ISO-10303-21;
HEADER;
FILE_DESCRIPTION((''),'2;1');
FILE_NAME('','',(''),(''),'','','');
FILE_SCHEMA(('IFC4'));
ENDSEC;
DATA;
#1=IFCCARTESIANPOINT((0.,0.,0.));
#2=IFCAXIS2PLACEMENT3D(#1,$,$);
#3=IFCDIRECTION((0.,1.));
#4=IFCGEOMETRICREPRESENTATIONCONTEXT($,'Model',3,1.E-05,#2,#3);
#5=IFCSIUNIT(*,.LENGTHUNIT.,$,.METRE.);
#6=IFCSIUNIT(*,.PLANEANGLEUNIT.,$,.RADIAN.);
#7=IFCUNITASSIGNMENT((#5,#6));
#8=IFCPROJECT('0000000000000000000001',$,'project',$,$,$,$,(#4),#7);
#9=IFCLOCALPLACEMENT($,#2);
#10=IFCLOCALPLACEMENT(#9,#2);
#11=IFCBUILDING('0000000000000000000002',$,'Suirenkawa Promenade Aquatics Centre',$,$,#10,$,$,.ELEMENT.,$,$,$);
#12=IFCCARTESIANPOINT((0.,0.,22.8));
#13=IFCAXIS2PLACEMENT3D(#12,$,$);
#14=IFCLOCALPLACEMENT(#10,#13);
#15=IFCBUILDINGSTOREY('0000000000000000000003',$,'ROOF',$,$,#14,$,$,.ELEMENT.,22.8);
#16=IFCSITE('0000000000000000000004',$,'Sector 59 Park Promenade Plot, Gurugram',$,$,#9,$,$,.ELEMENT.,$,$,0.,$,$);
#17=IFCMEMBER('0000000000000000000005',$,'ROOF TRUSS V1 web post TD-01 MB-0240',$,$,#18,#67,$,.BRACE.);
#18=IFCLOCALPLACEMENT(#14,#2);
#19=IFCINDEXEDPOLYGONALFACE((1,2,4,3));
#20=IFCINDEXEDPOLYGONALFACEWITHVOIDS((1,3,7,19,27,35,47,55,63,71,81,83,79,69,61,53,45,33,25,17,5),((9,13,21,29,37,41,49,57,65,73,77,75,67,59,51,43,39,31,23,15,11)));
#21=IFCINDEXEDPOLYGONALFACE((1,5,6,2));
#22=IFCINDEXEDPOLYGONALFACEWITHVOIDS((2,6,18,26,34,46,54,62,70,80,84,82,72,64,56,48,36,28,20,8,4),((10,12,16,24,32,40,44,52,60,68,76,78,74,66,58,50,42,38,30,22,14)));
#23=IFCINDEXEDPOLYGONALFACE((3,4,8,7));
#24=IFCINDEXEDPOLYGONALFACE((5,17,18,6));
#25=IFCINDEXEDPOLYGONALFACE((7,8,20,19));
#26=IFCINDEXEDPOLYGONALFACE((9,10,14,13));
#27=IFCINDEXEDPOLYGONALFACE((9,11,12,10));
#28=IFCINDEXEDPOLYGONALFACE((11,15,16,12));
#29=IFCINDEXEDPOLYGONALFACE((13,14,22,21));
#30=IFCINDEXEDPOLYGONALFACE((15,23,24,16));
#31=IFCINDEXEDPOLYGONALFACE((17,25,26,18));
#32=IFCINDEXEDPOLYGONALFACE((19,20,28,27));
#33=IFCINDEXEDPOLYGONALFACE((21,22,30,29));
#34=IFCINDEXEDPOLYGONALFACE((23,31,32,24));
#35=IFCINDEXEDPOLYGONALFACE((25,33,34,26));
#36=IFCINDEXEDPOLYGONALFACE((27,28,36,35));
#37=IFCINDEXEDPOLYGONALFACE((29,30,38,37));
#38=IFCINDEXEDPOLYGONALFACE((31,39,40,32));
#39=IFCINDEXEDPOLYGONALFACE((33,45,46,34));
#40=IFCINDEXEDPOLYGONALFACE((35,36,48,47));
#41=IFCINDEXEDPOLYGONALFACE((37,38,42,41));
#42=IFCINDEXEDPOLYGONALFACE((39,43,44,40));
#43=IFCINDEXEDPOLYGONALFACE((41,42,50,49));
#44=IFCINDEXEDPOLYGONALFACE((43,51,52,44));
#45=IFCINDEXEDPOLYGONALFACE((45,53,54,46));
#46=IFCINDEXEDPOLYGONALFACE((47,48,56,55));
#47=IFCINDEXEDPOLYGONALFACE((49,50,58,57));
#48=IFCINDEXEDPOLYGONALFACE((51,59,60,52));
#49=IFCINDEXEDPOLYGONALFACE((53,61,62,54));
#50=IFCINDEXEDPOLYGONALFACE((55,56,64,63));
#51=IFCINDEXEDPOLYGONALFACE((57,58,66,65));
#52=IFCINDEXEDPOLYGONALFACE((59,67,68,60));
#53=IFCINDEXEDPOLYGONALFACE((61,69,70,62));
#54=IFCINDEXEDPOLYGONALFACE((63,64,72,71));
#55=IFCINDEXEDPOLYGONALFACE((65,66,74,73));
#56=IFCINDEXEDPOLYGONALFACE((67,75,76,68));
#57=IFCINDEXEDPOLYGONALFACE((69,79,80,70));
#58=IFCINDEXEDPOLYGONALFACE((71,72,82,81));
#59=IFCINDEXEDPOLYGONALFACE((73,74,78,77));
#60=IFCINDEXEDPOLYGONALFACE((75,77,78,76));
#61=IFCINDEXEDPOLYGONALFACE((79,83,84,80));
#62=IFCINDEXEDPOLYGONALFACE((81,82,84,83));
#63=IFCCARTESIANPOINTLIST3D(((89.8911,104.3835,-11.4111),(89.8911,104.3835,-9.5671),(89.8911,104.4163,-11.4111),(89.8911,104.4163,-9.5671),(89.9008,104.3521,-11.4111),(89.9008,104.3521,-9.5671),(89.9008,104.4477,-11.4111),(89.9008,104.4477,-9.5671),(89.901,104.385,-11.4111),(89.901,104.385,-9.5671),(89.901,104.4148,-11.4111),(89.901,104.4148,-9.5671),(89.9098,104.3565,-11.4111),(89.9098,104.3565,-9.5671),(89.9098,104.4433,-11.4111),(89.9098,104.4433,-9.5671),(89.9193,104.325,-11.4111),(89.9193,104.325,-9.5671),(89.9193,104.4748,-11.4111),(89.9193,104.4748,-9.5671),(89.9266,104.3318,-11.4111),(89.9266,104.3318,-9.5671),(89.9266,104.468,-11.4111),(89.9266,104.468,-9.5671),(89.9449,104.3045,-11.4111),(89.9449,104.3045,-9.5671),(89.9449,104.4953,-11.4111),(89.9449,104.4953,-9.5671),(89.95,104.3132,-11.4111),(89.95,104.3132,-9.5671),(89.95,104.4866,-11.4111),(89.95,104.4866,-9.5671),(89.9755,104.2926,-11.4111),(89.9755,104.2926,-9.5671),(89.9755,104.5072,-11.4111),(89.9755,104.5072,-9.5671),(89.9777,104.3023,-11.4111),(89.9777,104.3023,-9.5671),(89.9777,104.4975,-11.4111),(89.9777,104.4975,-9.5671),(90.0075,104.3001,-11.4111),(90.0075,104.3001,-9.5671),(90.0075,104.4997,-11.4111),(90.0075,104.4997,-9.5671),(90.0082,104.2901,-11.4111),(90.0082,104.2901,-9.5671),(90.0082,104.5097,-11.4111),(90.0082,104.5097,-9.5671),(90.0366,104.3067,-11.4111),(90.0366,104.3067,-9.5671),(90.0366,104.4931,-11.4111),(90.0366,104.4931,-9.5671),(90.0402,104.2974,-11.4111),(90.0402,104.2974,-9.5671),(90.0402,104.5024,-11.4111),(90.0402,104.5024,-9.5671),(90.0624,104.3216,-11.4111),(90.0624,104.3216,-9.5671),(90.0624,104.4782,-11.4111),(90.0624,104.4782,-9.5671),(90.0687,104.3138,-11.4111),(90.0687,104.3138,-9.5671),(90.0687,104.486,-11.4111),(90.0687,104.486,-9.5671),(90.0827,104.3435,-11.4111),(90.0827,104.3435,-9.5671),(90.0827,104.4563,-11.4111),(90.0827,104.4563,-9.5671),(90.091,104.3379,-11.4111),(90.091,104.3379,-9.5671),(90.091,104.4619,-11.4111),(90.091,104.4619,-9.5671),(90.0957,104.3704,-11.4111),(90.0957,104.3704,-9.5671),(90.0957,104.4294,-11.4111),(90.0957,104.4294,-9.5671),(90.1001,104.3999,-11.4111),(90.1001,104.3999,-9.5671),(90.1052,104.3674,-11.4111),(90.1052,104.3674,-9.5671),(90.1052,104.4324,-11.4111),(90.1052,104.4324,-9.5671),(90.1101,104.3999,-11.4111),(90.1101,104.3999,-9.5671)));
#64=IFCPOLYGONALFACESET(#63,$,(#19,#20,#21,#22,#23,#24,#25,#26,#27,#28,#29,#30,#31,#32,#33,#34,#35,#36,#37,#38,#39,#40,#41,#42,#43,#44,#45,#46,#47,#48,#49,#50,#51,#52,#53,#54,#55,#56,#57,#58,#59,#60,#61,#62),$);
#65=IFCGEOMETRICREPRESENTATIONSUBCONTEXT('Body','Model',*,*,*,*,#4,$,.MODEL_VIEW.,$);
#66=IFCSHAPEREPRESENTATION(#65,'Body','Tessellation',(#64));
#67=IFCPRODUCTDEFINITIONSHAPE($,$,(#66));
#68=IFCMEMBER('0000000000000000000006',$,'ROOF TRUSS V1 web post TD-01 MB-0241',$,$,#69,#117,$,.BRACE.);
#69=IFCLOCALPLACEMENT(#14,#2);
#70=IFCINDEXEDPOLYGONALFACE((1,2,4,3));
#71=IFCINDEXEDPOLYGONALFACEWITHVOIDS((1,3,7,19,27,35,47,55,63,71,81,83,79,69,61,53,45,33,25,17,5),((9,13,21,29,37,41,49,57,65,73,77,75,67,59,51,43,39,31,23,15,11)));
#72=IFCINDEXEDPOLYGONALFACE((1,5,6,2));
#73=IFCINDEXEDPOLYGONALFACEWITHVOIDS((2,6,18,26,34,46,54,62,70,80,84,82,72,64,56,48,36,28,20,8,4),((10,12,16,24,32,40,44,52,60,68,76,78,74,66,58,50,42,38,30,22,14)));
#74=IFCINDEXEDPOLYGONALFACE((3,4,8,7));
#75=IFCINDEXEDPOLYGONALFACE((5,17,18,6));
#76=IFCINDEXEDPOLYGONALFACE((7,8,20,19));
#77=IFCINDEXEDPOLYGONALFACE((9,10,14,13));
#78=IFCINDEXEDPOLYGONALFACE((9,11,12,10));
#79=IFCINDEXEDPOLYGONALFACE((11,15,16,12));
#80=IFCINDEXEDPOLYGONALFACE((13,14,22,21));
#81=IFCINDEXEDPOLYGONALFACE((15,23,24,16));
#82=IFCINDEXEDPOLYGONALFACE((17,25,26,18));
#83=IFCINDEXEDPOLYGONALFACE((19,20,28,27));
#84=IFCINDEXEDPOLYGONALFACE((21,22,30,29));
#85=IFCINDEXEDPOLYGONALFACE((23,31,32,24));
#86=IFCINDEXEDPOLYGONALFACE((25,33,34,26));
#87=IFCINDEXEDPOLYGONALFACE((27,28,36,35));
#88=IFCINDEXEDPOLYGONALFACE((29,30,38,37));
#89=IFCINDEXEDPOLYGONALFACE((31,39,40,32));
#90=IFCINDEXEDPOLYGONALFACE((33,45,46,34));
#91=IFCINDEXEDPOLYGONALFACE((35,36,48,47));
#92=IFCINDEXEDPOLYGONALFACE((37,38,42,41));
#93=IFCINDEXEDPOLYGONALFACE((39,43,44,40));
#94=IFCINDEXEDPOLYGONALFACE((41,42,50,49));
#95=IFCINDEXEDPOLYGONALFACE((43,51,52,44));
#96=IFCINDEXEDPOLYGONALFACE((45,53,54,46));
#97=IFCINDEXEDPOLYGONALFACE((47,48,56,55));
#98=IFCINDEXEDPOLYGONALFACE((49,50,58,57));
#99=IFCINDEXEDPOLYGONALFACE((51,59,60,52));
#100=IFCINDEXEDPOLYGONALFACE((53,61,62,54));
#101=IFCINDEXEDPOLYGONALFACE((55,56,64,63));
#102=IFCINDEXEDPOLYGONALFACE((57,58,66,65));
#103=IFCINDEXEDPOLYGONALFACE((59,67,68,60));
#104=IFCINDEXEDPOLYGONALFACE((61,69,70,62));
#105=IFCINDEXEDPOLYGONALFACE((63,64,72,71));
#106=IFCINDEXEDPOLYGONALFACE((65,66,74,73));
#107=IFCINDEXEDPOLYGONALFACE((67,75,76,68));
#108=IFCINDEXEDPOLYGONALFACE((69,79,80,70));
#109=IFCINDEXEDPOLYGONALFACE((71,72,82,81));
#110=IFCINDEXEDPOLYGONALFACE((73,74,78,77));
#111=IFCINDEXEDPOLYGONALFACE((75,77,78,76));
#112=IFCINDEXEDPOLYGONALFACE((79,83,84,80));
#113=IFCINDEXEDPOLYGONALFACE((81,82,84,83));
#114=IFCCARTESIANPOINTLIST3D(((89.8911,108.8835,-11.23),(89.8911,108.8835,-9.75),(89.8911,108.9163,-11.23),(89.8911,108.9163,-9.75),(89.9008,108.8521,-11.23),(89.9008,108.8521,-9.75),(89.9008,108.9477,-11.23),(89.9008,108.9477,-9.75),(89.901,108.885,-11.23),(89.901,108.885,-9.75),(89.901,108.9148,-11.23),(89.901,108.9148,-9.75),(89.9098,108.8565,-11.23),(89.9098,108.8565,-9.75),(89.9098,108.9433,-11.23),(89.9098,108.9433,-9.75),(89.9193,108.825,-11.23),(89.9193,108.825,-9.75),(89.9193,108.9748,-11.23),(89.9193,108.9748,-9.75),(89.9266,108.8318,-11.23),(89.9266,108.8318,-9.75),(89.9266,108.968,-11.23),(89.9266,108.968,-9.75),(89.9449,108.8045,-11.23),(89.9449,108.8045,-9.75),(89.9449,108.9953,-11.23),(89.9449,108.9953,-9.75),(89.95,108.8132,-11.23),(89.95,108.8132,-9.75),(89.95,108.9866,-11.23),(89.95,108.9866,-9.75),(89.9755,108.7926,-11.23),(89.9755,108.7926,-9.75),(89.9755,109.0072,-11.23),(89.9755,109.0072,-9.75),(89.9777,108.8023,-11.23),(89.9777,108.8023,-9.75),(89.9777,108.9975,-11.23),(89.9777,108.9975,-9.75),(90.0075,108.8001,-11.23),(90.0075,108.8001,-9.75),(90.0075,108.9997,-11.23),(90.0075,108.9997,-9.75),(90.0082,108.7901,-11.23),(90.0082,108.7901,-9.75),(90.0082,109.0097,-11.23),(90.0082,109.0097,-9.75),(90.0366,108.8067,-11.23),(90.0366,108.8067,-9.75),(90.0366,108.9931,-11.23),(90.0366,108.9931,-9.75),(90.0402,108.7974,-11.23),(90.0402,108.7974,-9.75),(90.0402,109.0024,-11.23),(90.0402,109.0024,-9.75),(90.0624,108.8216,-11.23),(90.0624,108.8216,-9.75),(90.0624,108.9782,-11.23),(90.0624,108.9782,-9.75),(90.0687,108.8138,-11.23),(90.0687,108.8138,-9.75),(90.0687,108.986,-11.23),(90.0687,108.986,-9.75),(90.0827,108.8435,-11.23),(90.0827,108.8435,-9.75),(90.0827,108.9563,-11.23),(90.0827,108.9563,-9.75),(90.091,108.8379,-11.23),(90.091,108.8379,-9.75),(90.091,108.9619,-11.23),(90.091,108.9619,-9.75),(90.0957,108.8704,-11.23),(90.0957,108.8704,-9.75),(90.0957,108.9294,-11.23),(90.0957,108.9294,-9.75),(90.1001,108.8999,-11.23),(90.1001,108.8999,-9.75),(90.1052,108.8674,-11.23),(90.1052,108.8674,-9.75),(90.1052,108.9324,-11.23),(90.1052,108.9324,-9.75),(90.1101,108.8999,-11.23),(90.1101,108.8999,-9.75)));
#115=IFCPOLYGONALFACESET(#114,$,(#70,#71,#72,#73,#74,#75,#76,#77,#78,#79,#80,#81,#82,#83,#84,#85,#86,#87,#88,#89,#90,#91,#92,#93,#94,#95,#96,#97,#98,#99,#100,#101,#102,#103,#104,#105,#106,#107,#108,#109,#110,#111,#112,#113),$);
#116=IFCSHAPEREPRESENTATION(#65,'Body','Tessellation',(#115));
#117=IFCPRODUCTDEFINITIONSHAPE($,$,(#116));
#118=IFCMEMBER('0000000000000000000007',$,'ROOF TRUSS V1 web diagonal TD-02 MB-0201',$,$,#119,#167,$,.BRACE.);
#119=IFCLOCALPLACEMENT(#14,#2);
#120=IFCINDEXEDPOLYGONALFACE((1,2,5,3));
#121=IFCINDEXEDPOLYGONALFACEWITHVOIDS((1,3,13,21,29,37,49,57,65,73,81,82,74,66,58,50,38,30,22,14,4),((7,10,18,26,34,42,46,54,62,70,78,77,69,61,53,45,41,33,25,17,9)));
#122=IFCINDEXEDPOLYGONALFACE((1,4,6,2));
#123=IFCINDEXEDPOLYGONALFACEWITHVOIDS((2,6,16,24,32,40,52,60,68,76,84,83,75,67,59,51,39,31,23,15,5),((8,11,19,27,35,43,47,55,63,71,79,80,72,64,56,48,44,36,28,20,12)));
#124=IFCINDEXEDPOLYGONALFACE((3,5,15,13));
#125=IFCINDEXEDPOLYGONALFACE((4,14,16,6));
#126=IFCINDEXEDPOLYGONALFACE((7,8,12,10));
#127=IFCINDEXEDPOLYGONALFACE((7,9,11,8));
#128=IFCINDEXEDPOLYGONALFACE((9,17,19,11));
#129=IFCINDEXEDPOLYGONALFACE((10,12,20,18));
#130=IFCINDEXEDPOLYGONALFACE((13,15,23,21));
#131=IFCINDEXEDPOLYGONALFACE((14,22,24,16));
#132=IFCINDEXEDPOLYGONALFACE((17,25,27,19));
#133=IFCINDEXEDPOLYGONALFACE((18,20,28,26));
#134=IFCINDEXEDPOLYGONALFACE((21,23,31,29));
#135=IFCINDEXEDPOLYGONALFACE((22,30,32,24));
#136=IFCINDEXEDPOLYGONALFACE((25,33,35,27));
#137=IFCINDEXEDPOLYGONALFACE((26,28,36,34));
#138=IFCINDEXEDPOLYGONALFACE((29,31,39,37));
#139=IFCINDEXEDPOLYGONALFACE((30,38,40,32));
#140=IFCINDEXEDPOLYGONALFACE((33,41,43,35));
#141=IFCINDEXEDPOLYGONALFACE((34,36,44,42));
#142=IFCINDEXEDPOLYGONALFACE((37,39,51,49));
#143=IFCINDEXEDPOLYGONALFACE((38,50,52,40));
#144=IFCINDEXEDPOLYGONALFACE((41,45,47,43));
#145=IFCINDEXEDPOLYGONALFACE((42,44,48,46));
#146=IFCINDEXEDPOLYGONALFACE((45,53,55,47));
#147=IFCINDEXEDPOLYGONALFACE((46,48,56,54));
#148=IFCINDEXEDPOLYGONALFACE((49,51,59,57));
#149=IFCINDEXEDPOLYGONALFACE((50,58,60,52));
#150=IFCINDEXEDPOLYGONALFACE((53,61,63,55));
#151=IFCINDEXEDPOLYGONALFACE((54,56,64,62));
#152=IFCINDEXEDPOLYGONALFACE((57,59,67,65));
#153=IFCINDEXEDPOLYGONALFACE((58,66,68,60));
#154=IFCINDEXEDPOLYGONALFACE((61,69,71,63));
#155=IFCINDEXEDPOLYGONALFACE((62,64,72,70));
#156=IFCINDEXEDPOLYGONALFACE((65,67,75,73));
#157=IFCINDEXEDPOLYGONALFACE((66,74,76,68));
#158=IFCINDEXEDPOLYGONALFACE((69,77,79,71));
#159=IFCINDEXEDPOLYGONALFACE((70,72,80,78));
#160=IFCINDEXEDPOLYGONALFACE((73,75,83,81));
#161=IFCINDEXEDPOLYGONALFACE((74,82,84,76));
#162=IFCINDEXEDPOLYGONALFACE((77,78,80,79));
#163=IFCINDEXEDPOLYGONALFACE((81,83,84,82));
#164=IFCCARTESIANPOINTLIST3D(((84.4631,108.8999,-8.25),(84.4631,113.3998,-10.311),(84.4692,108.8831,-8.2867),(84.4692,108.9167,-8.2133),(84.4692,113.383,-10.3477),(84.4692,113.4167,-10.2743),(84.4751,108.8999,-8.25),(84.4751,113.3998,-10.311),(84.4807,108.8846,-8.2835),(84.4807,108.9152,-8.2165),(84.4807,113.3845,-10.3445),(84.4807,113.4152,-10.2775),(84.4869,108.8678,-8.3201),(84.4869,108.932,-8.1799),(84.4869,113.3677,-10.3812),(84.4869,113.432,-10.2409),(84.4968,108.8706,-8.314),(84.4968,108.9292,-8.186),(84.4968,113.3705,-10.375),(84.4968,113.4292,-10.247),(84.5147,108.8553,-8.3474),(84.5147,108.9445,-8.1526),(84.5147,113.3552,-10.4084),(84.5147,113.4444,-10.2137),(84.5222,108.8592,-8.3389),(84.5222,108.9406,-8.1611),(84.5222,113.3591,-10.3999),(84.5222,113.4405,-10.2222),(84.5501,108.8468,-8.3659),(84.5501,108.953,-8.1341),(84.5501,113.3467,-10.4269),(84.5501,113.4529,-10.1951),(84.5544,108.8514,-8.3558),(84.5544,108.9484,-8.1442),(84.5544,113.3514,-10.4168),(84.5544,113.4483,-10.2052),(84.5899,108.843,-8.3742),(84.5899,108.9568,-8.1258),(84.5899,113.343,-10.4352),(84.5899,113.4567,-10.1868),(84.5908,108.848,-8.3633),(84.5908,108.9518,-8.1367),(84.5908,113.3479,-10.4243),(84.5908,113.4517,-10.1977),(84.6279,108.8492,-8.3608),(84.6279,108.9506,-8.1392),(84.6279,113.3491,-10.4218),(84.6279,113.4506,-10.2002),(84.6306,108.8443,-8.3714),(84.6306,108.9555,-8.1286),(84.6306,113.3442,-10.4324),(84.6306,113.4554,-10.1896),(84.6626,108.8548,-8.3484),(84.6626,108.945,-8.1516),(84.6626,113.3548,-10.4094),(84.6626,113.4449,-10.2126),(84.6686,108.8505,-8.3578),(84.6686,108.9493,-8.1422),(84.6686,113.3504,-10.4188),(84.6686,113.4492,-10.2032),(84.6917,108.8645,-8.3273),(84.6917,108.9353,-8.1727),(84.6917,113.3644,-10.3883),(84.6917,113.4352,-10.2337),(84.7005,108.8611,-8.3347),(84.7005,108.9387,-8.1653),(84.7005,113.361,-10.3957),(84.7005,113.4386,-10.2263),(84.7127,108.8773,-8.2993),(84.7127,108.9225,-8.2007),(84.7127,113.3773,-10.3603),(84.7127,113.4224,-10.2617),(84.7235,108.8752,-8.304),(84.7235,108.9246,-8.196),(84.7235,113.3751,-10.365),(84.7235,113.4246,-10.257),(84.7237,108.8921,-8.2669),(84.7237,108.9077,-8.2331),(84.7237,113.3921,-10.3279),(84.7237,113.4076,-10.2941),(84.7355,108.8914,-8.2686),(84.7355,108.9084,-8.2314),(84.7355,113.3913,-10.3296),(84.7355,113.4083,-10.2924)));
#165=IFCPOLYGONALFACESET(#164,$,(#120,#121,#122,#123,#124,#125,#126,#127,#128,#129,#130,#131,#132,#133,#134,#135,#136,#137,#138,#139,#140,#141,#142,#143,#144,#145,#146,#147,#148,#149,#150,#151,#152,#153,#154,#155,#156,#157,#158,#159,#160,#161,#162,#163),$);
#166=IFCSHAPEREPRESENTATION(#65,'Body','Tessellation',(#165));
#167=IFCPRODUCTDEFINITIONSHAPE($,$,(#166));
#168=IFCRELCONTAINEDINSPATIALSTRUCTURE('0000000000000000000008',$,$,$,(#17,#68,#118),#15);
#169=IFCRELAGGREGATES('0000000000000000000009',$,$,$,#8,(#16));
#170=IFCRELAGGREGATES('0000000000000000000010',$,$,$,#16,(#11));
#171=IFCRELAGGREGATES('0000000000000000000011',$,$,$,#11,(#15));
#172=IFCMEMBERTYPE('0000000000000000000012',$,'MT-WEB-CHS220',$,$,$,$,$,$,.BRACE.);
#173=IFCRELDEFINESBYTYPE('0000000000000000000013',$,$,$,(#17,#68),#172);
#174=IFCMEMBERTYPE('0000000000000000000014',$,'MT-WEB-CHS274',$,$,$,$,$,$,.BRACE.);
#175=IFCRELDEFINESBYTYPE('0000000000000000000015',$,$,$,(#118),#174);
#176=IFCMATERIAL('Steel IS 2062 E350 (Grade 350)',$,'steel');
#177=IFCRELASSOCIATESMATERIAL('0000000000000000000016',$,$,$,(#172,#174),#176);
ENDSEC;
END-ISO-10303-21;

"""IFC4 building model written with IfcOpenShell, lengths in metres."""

from ifc_helpers import new_model, si_unit, direction, frame, origin, origin_2d, place, context, subcontext, project, spatial, hollow_circle, extrude, material, material_profile, profile_set, type_object, element, save


model = new_model("IFC4")

# Units and contexts
model_context = context("Model", 3, precision=1e-05, world=origin(), true_north=direction((0.0, 1.0)))
body_context = subcontext(model_context, "Body", "Model", "MODEL_VIEW")
ifc_project = project(units=[si_unit("LENGTHUNIT", "METRE"), si_unit("PLANEANGLEUNIT", "RADIAN")], contexts=[model_context])

# Site, building, storey
site_placement = place(None, origin())
site = spatial("IfcSite", under=ifc_project, at=site_placement, Name="Sector 59 Park Promenade Plot, Gurugram", CompositionType="ELEMENT", RefElevation=0.0)
building_placement = place(site_placement, origin())
building = spatial("IfcBuilding", under=site, at=building_placement, Name="Suirenkawa Promenade Aquatics Centre", CompositionType="ELEMENT")
storey_placement = place(building_placement, frame((0.0, 0.0, 22.8)))
storey = spatial("IfcBuildingStorey", under=building, at=storey_placement, Name="ROOF", CompositionType="ELEMENT", Elevation=22.8)

# Shared definitions
ifc_material = material(Name="Steel IS 2062 E350 (Grade 350)", Category="steel")

# Members
ifc_material_profile_1 = material_profile(ifc_material, hollow_circle(Radius=0.1101, WallThickness=0.01, at=origin_2d()), Name="CHS 220x10", Category="steel")
ifc_profile_set_1 = profile_set([ifc_material_profile_1], Name="Steel IS 2062 E350 (Grade 350)")
member_type_1 = type_object("IfcMemberType", Name="MT-WEB-CHS220", PredefinedType="BRACE", material=ifc_profile_set_1)
member_1_placement = place(storey_placement, frame((90.0, 104.3999, -11.4111), z_axis=(0.0, 0.0, 1.0), x_axis=(1.0, 0.0, 0.0)))
element("IfcMember", 1, at=member_1_placement, inside=storey, type_object=member_type_1, Name="ROOF TRUSS V1 web post TD-01 MB-0240", PredefinedType="BRACE", context=body_context, shape_type="SweptSolid", body=[
    extrude(hollow_circle(Radius=0.1101, WallThickness=0.01, at=origin_2d()), origin(), (0.0, 0.0, 1.0), 1.844),
])
member_2_placement = place(storey_placement, frame((90.0, 108.8999, -11.23), z_axis=(0.0, 0.0, 1.0), x_axis=(1.0, 0.0, 0.0)))
element("IfcMember", 2, at=member_2_placement, inside=storey, type_object=member_type_1, Name="ROOF TRUSS V1 web post TD-01 MB-0241", PredefinedType="BRACE", context=body_context, shape_type="SweptSolid", body=[
    extrude(hollow_circle(Radius=0.1101, WallThickness=0.01, at=origin_2d()), origin(), (0.0, 0.0, 1.0), 1.48),
])
ifc_material_profile_2 = material_profile(ifc_material, hollow_circle(Radius=0.137, WallThickness=0.012, at=origin_2d()), Name="CHS 274x12", Category="steel")
ifc_profile_set_2 = profile_set([ifc_material_profile_2], Name="Steel IS 2062 E350 (Grade 350)")
member_type_2 = type_object("IfcMemberType", Name="MT-WEB-CHS274", PredefinedType="BRACE", material=ifc_profile_set_2)
member_3_placement = place(storey_placement, frame((84.6001, 108.8999, -8.25), z_axis=(0.0, 0.909177, -0.41641), x_axis=(-1.0, 0.0, 0.0)))
element("IfcMember", 3, at=member_3_placement, inside=storey, type_object=member_type_2, Name="ROOF TRUSS V1 web diagonal TD-02 MB-0201", PredefinedType="BRACE", context=body_context, shape_type="SweptSolid", body=[
    extrude(hollow_circle(Radius=0.137, WallThickness=0.012, at=origin_2d()), origin(), (0.0, 0.0, 1.0), 4.9495),
])

save(model, "model.ifc")
